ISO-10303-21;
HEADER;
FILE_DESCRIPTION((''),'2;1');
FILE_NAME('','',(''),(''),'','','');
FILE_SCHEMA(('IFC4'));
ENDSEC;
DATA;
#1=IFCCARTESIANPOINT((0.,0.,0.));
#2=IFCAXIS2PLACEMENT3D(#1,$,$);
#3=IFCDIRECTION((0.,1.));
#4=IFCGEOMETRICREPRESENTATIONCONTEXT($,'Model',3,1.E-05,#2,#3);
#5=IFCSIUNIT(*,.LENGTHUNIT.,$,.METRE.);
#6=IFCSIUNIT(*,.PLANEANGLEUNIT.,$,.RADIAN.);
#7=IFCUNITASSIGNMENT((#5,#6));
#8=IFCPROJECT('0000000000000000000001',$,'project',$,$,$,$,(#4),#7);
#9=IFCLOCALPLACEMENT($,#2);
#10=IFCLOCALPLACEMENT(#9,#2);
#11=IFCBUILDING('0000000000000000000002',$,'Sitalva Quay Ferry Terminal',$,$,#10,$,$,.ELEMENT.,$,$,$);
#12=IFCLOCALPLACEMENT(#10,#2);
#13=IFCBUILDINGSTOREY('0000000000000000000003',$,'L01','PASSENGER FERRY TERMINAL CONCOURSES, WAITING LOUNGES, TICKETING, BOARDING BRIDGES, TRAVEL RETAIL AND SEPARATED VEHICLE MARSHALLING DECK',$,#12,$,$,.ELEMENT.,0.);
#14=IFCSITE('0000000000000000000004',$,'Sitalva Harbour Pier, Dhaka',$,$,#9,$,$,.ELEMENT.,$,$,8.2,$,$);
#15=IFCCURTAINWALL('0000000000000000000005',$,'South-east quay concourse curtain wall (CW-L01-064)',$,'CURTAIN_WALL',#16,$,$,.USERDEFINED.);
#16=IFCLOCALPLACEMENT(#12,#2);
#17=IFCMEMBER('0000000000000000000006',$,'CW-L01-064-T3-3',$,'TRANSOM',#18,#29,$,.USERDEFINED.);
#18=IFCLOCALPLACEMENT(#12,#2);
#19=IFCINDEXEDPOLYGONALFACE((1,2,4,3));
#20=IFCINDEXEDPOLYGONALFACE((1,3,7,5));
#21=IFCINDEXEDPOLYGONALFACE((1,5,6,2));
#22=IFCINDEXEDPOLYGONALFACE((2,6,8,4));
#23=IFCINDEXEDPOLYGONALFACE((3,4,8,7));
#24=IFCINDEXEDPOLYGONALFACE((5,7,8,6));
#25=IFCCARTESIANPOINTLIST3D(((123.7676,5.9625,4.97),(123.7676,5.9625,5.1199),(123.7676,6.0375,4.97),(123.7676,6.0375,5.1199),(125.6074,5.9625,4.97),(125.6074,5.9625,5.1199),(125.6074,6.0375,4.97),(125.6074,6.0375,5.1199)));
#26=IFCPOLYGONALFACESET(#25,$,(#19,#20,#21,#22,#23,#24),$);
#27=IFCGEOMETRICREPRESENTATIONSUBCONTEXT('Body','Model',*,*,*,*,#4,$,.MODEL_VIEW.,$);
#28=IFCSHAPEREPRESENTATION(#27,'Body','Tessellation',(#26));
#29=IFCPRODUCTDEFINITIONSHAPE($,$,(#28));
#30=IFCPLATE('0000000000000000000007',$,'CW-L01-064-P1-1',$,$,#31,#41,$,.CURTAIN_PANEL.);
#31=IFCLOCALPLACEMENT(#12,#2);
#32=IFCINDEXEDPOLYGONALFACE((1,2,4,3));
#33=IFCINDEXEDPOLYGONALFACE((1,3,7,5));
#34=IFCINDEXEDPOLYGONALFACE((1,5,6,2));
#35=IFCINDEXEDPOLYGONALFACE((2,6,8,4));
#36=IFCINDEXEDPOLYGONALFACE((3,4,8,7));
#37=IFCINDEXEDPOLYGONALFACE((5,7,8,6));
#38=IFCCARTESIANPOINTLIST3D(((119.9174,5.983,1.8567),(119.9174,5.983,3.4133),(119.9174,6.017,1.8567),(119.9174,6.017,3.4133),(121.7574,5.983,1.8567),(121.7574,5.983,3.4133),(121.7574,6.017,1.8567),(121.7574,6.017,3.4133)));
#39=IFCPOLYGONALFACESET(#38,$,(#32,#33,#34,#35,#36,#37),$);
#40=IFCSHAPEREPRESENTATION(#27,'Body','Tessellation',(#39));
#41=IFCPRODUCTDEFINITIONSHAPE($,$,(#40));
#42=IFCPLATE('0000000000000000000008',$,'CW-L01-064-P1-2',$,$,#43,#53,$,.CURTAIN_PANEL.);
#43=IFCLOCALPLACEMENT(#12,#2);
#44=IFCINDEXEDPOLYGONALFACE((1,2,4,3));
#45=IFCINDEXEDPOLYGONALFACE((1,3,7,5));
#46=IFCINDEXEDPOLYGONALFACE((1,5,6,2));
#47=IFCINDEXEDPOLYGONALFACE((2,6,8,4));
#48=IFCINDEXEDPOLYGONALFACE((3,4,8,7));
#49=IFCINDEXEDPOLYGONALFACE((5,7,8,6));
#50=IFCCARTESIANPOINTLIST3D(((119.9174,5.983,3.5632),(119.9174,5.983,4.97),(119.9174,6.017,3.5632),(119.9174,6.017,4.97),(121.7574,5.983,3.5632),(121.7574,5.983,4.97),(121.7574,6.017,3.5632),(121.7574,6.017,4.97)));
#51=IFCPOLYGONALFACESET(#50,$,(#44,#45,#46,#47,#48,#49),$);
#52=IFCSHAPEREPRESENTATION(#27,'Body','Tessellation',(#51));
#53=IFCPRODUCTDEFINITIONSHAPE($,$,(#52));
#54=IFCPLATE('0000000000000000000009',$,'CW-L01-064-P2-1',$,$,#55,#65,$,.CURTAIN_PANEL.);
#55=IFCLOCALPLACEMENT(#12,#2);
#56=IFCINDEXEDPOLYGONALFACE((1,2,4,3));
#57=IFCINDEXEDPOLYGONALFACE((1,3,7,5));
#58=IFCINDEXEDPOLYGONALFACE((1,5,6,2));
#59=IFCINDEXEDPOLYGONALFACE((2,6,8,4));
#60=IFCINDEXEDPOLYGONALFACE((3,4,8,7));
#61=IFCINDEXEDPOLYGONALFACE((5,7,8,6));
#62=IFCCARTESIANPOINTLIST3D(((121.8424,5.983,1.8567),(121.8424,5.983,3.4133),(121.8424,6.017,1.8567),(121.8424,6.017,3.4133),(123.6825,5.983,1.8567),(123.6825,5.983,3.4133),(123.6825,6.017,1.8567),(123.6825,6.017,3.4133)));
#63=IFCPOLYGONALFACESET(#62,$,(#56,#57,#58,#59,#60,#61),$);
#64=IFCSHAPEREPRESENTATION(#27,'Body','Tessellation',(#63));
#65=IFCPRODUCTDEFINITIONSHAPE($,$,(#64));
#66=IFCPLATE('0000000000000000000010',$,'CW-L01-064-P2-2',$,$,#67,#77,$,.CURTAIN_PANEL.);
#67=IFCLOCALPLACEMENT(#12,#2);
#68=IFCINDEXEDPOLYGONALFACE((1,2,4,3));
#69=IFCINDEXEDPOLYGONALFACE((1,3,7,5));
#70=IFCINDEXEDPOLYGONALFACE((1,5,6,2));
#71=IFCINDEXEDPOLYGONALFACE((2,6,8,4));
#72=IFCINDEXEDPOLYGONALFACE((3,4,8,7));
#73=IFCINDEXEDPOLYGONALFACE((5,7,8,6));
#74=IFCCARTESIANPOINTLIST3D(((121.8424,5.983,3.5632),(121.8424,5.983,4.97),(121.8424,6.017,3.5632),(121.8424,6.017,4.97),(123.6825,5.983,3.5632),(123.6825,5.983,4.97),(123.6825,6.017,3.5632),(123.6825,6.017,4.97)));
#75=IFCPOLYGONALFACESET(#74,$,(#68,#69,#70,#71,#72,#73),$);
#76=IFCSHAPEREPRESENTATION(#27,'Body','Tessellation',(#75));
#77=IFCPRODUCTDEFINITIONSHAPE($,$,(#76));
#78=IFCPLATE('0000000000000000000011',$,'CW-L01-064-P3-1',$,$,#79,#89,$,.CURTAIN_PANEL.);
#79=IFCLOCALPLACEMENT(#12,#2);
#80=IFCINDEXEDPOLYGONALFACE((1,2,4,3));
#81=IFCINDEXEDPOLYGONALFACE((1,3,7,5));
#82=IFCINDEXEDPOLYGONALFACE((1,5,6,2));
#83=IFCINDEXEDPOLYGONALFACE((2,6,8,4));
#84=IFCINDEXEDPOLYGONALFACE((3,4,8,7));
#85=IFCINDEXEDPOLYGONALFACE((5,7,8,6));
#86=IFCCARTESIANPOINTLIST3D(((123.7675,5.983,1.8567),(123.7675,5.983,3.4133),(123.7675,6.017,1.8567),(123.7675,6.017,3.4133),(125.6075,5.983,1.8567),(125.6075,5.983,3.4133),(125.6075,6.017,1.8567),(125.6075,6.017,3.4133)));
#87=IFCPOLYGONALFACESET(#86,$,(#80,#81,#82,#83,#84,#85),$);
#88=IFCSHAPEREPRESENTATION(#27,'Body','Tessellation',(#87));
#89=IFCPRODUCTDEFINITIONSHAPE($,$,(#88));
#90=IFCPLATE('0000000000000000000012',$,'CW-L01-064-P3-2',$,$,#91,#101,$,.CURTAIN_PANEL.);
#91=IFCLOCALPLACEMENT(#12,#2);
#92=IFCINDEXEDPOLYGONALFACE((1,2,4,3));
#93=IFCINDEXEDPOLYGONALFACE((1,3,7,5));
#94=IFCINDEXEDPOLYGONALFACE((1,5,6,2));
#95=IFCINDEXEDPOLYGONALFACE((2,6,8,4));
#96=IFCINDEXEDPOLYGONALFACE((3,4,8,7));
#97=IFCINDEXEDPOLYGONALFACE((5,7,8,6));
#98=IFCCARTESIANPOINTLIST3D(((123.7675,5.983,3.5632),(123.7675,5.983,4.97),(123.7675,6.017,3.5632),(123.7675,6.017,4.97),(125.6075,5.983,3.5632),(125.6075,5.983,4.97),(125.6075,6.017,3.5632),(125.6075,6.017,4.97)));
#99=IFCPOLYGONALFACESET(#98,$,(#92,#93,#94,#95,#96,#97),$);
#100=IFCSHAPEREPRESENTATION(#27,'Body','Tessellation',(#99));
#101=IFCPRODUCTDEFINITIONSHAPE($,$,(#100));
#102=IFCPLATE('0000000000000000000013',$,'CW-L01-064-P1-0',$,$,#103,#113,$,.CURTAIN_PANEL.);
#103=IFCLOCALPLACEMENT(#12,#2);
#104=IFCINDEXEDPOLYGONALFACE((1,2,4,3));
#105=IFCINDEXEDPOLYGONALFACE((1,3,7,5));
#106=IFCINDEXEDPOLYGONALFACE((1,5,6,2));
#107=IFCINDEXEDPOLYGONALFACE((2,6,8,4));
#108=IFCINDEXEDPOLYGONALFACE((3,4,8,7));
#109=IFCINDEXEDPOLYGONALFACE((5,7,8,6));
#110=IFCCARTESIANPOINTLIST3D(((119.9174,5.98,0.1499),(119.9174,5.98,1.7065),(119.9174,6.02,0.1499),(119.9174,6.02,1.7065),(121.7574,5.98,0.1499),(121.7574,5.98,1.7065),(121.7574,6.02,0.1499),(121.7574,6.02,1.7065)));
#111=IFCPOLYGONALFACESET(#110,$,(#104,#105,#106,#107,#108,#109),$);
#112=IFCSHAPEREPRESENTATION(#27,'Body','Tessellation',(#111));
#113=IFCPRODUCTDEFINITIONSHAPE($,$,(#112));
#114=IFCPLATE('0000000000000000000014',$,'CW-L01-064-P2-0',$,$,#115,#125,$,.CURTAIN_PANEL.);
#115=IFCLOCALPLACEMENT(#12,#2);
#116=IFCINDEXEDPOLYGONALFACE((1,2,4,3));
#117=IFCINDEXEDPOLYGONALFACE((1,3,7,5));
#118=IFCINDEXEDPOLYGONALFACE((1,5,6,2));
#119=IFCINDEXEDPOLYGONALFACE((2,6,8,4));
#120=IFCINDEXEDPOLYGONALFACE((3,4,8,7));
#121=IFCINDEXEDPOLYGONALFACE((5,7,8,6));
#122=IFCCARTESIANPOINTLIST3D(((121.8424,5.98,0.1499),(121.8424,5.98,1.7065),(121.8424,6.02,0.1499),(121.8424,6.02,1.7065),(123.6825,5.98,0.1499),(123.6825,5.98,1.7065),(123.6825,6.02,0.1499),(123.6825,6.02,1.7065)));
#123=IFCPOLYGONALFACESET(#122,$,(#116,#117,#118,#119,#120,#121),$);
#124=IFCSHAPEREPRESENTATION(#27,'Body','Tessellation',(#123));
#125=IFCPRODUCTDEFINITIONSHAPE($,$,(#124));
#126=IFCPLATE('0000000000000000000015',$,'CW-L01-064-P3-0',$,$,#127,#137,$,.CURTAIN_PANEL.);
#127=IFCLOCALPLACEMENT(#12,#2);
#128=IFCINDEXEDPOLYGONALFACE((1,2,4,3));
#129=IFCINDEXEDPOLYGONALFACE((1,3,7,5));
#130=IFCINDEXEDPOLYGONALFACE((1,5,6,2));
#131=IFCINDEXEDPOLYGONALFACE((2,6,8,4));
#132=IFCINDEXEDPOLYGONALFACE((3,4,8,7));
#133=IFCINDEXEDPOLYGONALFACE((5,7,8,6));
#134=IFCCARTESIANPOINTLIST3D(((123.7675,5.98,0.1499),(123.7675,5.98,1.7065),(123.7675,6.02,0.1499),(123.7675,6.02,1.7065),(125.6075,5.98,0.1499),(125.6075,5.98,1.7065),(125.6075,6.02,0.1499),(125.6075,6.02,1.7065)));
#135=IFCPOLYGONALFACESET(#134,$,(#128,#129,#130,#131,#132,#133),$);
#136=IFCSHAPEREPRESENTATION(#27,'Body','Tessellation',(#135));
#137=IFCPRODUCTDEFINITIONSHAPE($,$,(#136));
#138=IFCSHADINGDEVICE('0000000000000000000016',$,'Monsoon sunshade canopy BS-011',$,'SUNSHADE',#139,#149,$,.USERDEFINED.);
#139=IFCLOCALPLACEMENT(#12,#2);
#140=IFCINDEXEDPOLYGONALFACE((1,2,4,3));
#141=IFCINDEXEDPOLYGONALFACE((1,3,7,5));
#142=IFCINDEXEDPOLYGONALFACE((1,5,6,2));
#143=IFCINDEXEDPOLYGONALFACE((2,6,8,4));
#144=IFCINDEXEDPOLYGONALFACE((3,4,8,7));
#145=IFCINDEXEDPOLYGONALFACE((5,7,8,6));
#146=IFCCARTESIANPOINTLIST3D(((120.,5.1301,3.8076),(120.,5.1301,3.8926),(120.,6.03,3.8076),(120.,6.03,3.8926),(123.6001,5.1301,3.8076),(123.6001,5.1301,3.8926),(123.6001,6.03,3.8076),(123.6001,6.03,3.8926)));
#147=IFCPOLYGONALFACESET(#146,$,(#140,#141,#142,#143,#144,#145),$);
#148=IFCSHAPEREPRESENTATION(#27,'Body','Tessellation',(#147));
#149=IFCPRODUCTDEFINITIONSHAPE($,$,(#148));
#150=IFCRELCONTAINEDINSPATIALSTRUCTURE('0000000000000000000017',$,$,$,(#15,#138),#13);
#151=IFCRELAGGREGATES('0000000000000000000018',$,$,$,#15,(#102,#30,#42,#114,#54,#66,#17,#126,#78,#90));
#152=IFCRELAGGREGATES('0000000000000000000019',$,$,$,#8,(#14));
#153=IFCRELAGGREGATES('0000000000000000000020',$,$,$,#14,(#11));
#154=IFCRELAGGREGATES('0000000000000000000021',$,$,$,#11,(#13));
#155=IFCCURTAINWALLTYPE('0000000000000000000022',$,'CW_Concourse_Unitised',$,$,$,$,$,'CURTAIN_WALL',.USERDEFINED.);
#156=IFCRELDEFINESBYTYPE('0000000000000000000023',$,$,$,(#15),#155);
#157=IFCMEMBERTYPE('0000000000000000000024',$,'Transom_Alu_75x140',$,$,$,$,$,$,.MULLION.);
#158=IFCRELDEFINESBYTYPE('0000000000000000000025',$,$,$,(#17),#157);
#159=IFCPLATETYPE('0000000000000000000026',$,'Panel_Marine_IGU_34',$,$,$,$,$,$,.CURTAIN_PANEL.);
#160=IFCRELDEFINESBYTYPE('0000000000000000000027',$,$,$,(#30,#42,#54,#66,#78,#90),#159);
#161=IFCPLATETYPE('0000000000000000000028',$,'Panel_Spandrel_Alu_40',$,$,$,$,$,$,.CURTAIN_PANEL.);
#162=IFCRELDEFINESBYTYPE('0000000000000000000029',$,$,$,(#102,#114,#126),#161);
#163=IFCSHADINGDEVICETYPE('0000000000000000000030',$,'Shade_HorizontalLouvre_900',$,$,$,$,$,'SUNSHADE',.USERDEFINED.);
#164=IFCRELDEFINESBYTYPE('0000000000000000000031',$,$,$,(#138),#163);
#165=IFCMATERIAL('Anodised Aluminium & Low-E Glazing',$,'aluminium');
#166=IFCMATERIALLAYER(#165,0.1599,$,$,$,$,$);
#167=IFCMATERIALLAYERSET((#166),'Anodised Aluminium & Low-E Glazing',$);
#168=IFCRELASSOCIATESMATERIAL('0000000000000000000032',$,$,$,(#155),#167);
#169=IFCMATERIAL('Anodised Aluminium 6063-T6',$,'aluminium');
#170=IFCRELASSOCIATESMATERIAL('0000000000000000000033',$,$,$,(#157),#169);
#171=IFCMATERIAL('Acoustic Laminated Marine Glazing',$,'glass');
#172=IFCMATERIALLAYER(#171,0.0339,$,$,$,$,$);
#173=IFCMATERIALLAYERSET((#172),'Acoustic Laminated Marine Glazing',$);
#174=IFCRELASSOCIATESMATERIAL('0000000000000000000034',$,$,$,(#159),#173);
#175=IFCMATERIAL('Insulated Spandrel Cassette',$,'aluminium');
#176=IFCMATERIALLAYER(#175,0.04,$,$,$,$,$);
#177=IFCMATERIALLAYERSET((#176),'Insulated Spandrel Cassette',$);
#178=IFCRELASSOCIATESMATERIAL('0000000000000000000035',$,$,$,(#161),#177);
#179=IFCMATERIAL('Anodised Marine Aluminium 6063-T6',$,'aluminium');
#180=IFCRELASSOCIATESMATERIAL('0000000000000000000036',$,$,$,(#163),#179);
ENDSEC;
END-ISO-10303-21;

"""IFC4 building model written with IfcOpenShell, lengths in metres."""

from ifc_helpers import new_model, si_unit, direction, frame, origin, origin_2d, place, context, subcontext, project, spatial, rectangle, extrude, material, layer, layer_set, material_profile, profile_set, type_object, element, aggregate, save


model = new_model("IFC4")

# Units and contexts
model_context = context("Model", 3, precision=1e-05, world=origin(), true_north=direction((0.0, 1.0)))
body_context = subcontext(model_context, "Body", "Model", "MODEL_VIEW")
ifc_project = project(units=[si_unit("LENGTHUNIT", "METRE"), si_unit("PLANEANGLEUNIT", "RADIAN")], contexts=[model_context])

# Site, building, storey
site_placement = place(None, origin())
site = spatial("IfcSite", under=ifc_project, at=site_placement, Name="Sitalva Harbour Pier, Dhaka", CompositionType="ELEMENT", RefElevation=8.2)
building_placement = place(site_placement, origin())
building = spatial("IfcBuilding", under=site, at=building_placement, Name="Sitalva Quay Ferry Terminal", CompositionType="ELEMENT")
storey_placement = place(building_placement, origin())
storey = spatial("IfcBuildingStorey", under=building, at=storey_placement, Name="L01", Description="PASSENGER FERRY TERMINAL CONCOURSES, WAITING LOUNGES, TICKETING, BOARDING BRIDGES, TRAVEL RETAIL AND SEPARATED VEHICLE MARSHALLING DECK", CompositionType="ELEMENT", Elevation=0.0)

# Curtain wall, member, plates
ifc_material_1 = material(Name="Anodised Aluminium & Low-E Glazing", Category="aluminium")
ifc_layer_1 = layer(ifc_material_1, 0.1599)
ifc_layer_set_1 = layer_set([ifc_layer_1], Name="Anodised Aluminium & Low-E Glazing")
curtain_wall_type = type_object("IfcCurtainWallType", Name="CW_Concourse_Unitised", ElementType="CURTAIN_WALL", PredefinedType="USERDEFINED", material=ifc_layer_set_1)
curtain_wall_placement = place(storey_placement, origin())
curtain_wall = element("IfcCurtainWall", 1, at=curtain_wall_placement, inside=storey, type_object=curtain_wall_type, Name="South-east quay concourse curtain wall (CW-L01-064)", ObjectType="CURTAIN_WALL", PredefinedType="USERDEFINED")
ifc_material_2 = material(Name="Anodised Aluminium 6063-T6", Category="aluminium")
ifc_material_profile_1 = material_profile(ifc_material_2, rectangle(XDim=0.075, YDim=0.1499, at=origin_2d()), Name="ALU75x150")
ifc_profile_set_1 = profile_set([ifc_material_profile_1], Name="Anodised Aluminium 6063-T6")
member_type_1 = type_object("IfcMemberType", Name="Transom_Alu_75x140", PredefinedType="MULLION", material=ifc_profile_set_1)
member_1_placement = place(storey_placement, frame((123.7676, 6.0, 5.0449), z_axis=(1.0, 0.0, 0.0), x_axis=(0.0, 1.0, 0.0)))
member_1 = element("IfcMember", 2, at=member_1_placement, type_object=member_type_1, Name="CW-L01-064-T3-3", ObjectType="TRANSOM", PredefinedType="USERDEFINED", context=body_context, shape_type="SweptSolid", body=[
    extrude(rectangle(XDim=0.075, YDim=0.1499, at=origin_2d()), origin(), (0.0, 0.0, 1.0), 1.8398),
])
ifc_material_3 = material(Name="Acoustic Laminated Marine Glazing", Category="glass")
ifc_layer_2 = layer(ifc_material_3, 0.0339)
ifc_layer_set_2 = layer_set([ifc_layer_2], Name="Acoustic Laminated Marine Glazing")
plate_type_1 = type_object("IfcPlateType", Name="Panel_Marine_IGU_34", PredefinedType="CURTAIN_PANEL", material=ifc_layer_set_2)
plate_1_placement = place(storey_placement, frame((120.8374, 6.0, 1.8567), z_axis=(0.0, 0.0, 1.0), x_axis=(1.0, 0.0, 0.0)))
plate_1 = element("IfcPlate", 3, at=plate_1_placement, type_object=plate_type_1, Name="CW-L01-064-P1-1", PredefinedType="CURTAIN_PANEL", context=body_context, shape_type="SweptSolid", body=[
    extrude(rectangle(XDim=1.8401, YDim=0.0339, at=origin_2d()), origin(), (0.0, 0.0, 1.0), 1.5566),
])
plate_2_placement = place(storey_placement, frame((120.8374, 6.0, 3.5632), z_axis=(0.0, 0.0, 1.0), x_axis=(1.0, 0.0, 0.0)))
plate_2 = element("IfcPlate", 4, at=plate_2_placement, type_object=plate_type_1, Name="CW-L01-064-P1-2", PredefinedType="CURTAIN_PANEL", context=body_context, shape_type="SweptSolid", body=[
    extrude(rectangle(XDim=1.8401, YDim=0.0339, at=origin_2d()), origin(), (0.0, 0.0, 1.0), 1.4067),
])
plate_3_placement = place(storey_placement, frame((122.7625, 6.0, 1.8567), z_axis=(0.0, 0.0, 1.0), x_axis=(1.0, 0.0, 0.0)))
plate_3 = element("IfcPlate", 5, at=plate_3_placement, type_object=plate_type_1, Name="CW-L01-064-P2-1", PredefinedType="CURTAIN_PANEL", context=body_context, shape_type="SweptSolid", body=[
    extrude(rectangle(XDim=1.8401, YDim=0.0339, at=origin_2d()), origin(), (0.0, 0.0, 1.0), 1.5566),
])
plate_4_placement = place(storey_placement, frame((122.7625, 6.0, 3.5632), z_axis=(0.0, 0.0, 1.0), x_axis=(1.0, 0.0, 0.0)))
plate_4 = element("IfcPlate", 6, at=plate_4_placement, type_object=plate_type_1, Name="CW-L01-064-P2-2", PredefinedType="CURTAIN_PANEL", context=body_context, shape_type="SweptSolid", body=[
    extrude(rectangle(XDim=1.8401, YDim=0.0339, at=origin_2d()), origin(), (0.0, 0.0, 1.0), 1.4067),
])
plate_5_placement = place(storey_placement, frame((124.6875, 6.0, 1.8567), z_axis=(0.0, 0.0, 1.0), x_axis=(1.0, 0.0, 0.0)))
plate_5 = element("IfcPlate", 7, at=plate_5_placement, type_object=plate_type_1, Name="CW-L01-064-P3-1", PredefinedType="CURTAIN_PANEL", context=body_context, shape_type="SweptSolid", body=[
    extrude(rectangle(XDim=1.8401, YDim=0.0339, at=origin_2d()), origin(), (0.0, 0.0, 1.0), 1.5566),
])
plate_6_placement = place(storey_placement, frame((124.6875, 6.0, 3.5632), z_axis=(0.0, 0.0, 1.0), x_axis=(1.0, 0.0, 0.0)))
plate_6 = element("IfcPlate", 8, at=plate_6_placement, type_object=plate_type_1, Name="CW-L01-064-P3-2", PredefinedType="CURTAIN_PANEL", context=body_context, shape_type="SweptSolid", body=[
    extrude(rectangle(XDim=1.8401, YDim=0.0339, at=origin_2d()), origin(), (0.0, 0.0, 1.0), 1.4067),
])
ifc_material_4 = material(Name="Insulated Spandrel Cassette", Category="aluminium")
ifc_layer_3 = layer(ifc_material_4, 0.04)
ifc_layer_set_3 = layer_set([ifc_layer_3], Name="Insulated Spandrel Cassette")
plate_type_2 = type_object("IfcPlateType", Name="Panel_Spandrel_Alu_40", PredefinedType="CURTAIN_PANEL", material=ifc_layer_set_3)
plate_7_placement = place(storey_placement, frame((120.8374, 6.0, 0.1499), z_axis=(0.0, 0.0, 1.0), x_axis=(1.0, 0.0, 0.0)))
plate_7 = element("IfcPlate", 9, at=plate_7_placement, type_object=plate_type_2, Name="CW-L01-064-P1-0", PredefinedType="CURTAIN_PANEL", context=body_context, shape_type="SweptSolid", body=[
    extrude(rectangle(XDim=1.8401, YDim=0.04, at=origin_2d()), origin(), (0.0, 0.0, 1.0), 1.5566),
])
plate_8_placement = place(storey_placement, frame((122.7625, 6.0, 0.1499), z_axis=(0.0, 0.0, 1.0), x_axis=(1.0, 0.0, 0.0)))
plate_8 = element("IfcPlate", 10, at=plate_8_placement, type_object=plate_type_2, Name="CW-L01-064-P2-0", PredefinedType="CURTAIN_PANEL", context=body_context, shape_type="SweptSolid", body=[
    extrude(rectangle(XDim=1.8401, YDim=0.04, at=origin_2d()), origin(), (0.0, 0.0, 1.0), 1.5566),
])
plate_9_placement = place(storey_placement, frame((124.6875, 6.0, 0.1499), z_axis=(0.0, 0.0, 1.0), x_axis=(1.0, 0.0, 0.0)))
plate_9 = element("IfcPlate", 11, at=plate_9_placement, type_object=plate_type_2, Name="CW-L01-064-P3-0", PredefinedType="CURTAIN_PANEL", context=body_context, shape_type="SweptSolid", body=[
    extrude(rectangle(XDim=1.8401, YDim=0.04, at=origin_2d()), origin(), (0.0, 0.0, 1.0), 1.5566),
])
aggregate(curtain_wall, [plate_7, plate_1, plate_2, plate_8, plate_3, plate_4, member_1, plate_9, plate_5, plate_6])

# Shading device
ifc_material_5 = material(Name="Anodised Marine Aluminium 6063-T6", Category="aluminium")
shading_device_type = type_object("IfcShadingDeviceType", Name="Shade_HorizontalLouvre_900", ElementType="SUNSHADE", PredefinedType="USERDEFINED", material=ifc_material_5)
shading_device_placement = place(storey_placement, frame((121.8, 5.5801, 3.8076), z_axis=(0.0, 0.0, 1.0), x_axis=(1.0, 0.0, 0.0)))
element("IfcShadingDevice", 12, at=shading_device_placement, inside=storey, type_object=shading_device_type, Name="Monsoon sunshade canopy BS-011", ObjectType="SUNSHADE", PredefinedType="USERDEFINED", context=body_context, shape_type="SweptSolid", body=[
    extrude(rectangle(XDim=3.6001, YDim=0.8999, at=origin_2d()), origin(), (0.0, 0.0, 1.0), 0.085),
])

save(model, "model.ifc")
